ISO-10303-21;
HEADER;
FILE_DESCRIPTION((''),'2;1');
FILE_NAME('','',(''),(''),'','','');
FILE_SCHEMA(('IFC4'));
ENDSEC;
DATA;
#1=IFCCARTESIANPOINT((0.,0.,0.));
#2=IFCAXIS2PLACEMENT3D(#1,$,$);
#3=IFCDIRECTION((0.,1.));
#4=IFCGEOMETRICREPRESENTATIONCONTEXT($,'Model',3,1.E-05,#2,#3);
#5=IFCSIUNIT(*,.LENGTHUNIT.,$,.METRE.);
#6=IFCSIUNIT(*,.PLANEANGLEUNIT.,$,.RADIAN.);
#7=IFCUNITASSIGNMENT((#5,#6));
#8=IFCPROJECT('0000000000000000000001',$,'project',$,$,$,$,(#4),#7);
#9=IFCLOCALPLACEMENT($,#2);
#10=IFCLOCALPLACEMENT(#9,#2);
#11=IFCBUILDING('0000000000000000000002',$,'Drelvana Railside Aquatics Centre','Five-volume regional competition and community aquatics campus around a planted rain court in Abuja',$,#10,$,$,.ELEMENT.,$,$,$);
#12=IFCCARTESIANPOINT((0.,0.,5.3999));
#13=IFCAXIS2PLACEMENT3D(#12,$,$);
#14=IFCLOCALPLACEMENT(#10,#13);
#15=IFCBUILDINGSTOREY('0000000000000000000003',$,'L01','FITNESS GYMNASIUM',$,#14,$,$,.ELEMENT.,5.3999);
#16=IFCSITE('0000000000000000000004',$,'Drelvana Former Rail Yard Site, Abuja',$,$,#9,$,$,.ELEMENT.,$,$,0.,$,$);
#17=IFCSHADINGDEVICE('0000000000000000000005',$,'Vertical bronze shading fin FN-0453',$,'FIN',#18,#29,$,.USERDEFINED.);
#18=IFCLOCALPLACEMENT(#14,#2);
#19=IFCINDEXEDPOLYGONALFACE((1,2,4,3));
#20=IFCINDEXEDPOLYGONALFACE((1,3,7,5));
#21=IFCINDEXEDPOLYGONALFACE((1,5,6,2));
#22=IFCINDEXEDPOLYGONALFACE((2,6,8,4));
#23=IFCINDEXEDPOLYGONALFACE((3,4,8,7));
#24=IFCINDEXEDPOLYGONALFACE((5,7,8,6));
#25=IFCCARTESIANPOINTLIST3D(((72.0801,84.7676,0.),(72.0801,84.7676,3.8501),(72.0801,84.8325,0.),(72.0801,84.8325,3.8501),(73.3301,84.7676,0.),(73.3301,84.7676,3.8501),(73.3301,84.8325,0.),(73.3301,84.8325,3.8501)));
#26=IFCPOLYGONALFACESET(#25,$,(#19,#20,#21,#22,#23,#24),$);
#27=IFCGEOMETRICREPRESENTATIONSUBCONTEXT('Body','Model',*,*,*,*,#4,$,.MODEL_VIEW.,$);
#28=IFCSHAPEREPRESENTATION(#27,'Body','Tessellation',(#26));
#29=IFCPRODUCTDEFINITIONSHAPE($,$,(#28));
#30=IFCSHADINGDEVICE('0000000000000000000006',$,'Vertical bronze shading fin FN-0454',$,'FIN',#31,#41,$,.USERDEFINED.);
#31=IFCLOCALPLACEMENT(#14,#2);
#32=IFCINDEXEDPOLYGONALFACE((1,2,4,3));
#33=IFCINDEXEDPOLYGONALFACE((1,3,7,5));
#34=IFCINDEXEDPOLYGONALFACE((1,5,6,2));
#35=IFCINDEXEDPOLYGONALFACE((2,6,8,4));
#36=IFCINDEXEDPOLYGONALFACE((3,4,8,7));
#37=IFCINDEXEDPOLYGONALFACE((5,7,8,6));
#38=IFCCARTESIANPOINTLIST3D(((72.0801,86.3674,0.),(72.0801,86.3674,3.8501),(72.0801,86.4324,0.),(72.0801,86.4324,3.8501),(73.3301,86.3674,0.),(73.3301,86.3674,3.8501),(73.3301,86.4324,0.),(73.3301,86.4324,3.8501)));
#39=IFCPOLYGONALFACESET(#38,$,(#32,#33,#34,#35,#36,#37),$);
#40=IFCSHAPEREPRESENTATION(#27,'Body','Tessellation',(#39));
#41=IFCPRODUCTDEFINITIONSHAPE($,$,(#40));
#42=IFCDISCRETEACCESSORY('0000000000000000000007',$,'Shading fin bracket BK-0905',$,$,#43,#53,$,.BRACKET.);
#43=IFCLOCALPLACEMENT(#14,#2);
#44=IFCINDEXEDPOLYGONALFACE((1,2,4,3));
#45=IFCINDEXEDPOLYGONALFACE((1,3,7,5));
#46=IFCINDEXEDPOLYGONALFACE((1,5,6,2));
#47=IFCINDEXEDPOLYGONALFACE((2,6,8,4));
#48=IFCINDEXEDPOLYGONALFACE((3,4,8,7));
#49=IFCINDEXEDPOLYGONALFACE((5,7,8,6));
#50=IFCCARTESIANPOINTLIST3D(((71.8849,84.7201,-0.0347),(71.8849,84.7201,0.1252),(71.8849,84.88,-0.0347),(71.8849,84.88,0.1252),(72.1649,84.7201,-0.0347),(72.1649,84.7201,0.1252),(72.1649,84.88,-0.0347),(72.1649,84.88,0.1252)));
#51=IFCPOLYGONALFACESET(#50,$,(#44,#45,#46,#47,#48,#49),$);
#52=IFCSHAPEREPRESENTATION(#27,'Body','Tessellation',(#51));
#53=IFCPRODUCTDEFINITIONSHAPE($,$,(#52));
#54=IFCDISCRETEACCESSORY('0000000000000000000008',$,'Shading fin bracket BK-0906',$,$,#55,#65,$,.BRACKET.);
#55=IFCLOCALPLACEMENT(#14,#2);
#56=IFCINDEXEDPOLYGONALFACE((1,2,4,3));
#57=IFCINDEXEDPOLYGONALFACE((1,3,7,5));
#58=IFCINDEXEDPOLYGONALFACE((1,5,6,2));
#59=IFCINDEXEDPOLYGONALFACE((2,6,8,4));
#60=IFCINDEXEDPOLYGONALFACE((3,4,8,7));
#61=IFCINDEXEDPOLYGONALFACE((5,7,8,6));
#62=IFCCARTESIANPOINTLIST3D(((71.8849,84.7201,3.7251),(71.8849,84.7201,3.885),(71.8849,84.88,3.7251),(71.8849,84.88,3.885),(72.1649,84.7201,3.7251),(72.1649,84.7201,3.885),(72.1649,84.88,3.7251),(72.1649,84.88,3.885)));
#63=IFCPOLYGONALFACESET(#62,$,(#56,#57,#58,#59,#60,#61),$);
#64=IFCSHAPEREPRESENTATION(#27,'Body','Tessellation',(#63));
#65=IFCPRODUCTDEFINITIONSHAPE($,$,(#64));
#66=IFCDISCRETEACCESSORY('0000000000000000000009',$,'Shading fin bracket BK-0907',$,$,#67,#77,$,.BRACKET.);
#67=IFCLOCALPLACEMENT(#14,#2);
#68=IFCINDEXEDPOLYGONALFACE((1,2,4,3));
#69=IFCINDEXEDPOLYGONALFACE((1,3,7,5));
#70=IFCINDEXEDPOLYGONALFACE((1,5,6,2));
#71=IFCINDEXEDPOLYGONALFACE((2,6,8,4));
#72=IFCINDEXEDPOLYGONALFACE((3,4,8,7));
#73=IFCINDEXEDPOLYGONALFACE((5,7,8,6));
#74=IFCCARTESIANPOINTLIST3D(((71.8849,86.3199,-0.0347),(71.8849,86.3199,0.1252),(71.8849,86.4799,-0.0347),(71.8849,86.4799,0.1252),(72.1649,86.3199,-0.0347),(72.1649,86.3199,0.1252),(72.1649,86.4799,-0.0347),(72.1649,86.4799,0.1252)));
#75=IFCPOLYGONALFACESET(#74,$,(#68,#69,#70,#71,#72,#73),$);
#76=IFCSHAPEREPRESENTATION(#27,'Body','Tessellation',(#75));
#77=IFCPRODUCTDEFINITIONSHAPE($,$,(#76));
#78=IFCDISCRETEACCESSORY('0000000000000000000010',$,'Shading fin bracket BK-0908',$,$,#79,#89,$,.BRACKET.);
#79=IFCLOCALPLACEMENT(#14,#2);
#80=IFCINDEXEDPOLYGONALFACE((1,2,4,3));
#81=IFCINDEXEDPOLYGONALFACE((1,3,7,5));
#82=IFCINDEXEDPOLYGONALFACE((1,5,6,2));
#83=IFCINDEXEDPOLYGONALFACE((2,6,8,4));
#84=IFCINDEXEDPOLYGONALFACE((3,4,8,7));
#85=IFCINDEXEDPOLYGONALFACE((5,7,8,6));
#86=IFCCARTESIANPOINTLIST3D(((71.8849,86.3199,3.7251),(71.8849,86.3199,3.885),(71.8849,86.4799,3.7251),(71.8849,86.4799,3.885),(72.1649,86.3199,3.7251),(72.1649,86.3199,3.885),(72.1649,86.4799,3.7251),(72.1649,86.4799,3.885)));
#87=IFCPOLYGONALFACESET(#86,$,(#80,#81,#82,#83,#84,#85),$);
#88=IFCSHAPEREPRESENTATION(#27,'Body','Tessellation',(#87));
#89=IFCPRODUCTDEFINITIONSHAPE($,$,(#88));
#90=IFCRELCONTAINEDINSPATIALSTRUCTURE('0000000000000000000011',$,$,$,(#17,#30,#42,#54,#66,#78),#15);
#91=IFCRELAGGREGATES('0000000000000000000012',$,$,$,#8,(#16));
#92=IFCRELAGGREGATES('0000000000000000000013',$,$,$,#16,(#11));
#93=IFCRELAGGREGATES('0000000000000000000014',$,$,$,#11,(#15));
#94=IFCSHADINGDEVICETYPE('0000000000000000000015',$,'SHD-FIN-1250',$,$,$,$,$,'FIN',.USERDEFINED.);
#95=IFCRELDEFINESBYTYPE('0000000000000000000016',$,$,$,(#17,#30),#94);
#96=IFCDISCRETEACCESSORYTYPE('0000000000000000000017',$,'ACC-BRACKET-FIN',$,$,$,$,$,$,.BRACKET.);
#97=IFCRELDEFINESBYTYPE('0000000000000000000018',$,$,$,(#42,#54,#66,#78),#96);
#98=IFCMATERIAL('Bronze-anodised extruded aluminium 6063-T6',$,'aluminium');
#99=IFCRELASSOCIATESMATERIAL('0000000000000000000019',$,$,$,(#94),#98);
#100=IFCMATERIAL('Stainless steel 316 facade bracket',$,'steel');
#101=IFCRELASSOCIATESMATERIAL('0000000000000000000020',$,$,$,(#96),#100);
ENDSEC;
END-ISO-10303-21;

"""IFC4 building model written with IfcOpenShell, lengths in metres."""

from ifc_helpers import new_model, si_unit, direction, frame, origin, origin_2d, place, context, subcontext, project, spatial, rectangle, extrude, material, type_object, element, save


model = new_model("IFC4")

# Units and contexts
model_context = context("Model", 3, precision=1e-05, world=origin(), true_north=direction((0.0, 1.0)))
body_context = subcontext(model_context, "Body", "Model", "MODEL_VIEW")
ifc_project = project(units=[si_unit("LENGTHUNIT", "METRE"), si_unit("PLANEANGLEUNIT", "RADIAN")], contexts=[model_context])

# Site, building, storey
site_placement = place(None, origin())
site = spatial("IfcSite", under=ifc_project, at=site_placement, Name="Drelvana Former Rail Yard Site, Abuja", CompositionType="ELEMENT", RefElevation=0.0)
building_placement = place(site_placement, origin())
building = spatial("IfcBuilding", under=site, at=building_placement, Name="Drelvana Railside Aquatics Centre", Description="Five-volume regional competition and community aquatics campus around a planted rain court in Abuja", CompositionType="ELEMENT")
storey_placement = place(building_placement, frame((0.0, 0.0, 5.3999)))
storey = spatial("IfcBuildingStorey", under=building, at=storey_placement, Name="L01", Description="FITNESS GYMNASIUM", CompositionType="ELEMENT", Elevation=5.3999)

# Shared definitions
ifc_material_1 = material(Name="Bronze-anodised extruded aluminium 6063-T6", Category="aluminium")

# Shading devices
shading_device_type = type_object("IfcShadingDeviceType", Name="SHD-FIN-1250", ElementType="FIN", PredefinedType="USERDEFINED", material=ifc_material_1)
for number, where, z_axis, x_axis, name in (
    (1, (72.7051, 84.8, 0.0), (0.0, 0.0, 1.0), (1.0, 0.0, 0.0), "Vertical bronze shading fin FN-0453"),
    (2, (72.7051, 86.3999, 0.0), (0.0, 0.0, 1.0), (1.0, 0.0, 0.0), "Vertical bronze shading fin FN-0454"),
):
    element("IfcShadingDevice", number, at=place(storey_placement, frame(where, z_axis=z_axis, x_axis=x_axis)), inside=storey, type_object=shading_device_type, Name=name, ObjectType="FIN", PredefinedType="USERDEFINED", context=body_context, shape_type="SweptSolid", body=[
        extrude(rectangle(XDim=1.25, YDim=0.0649, at=origin_2d()), origin(), (0.0, 0.0, 1.0), 3.8501),
    ])

# Discrete accessories
ifc_material_2 = material(Name="Stainless steel 316 facade bracket", Category="steel")
discrete_accessory_type = type_object("IfcDiscreteAccessoryType", Name="ACC-BRACKET-FIN", PredefinedType="BRACKET", material=ifc_material_2)
for number, where, z_axis, x_axis, name in (
    (3, (72.0249, 84.8, -0.0347), (0.0, 0.0, 1.0), (1.0, 0.0, 0.0), "Shading fin bracket BK-0905"),
    (4, (72.0249, 84.8, 3.7251), (0.0, 0.0, 1.0), (1.0, 0.0, 0.0), "Shading fin bracket BK-0906"),
    (5, (72.0249, 86.3999, -0.0347), (0.0, 0.0, 1.0), (1.0, 0.0, 0.0), "Shading fin bracket BK-0907"),
    (6, (72.0249, 86.3999, 3.7251), (0.0, 0.0, 1.0), (1.0, 0.0, 0.0), "Shading fin bracket BK-0908"),
):
    element("IfcDiscreteAccessory", number, at=place(storey_placement, frame(where, z_axis=z_axis, x_axis=x_axis)), inside=storey, type_object=discrete_accessory_type, Name=name, PredefinedType="BRACKET", context=body_context, shape_type="SweptSolid", body=[
        extrude(rectangle(XDim=0.28, YDim=0.1599, at=origin_2d()), origin(), (0.0, 0.0, 1.0), 0.1599),
    ])

save(model, "model.ifc")
